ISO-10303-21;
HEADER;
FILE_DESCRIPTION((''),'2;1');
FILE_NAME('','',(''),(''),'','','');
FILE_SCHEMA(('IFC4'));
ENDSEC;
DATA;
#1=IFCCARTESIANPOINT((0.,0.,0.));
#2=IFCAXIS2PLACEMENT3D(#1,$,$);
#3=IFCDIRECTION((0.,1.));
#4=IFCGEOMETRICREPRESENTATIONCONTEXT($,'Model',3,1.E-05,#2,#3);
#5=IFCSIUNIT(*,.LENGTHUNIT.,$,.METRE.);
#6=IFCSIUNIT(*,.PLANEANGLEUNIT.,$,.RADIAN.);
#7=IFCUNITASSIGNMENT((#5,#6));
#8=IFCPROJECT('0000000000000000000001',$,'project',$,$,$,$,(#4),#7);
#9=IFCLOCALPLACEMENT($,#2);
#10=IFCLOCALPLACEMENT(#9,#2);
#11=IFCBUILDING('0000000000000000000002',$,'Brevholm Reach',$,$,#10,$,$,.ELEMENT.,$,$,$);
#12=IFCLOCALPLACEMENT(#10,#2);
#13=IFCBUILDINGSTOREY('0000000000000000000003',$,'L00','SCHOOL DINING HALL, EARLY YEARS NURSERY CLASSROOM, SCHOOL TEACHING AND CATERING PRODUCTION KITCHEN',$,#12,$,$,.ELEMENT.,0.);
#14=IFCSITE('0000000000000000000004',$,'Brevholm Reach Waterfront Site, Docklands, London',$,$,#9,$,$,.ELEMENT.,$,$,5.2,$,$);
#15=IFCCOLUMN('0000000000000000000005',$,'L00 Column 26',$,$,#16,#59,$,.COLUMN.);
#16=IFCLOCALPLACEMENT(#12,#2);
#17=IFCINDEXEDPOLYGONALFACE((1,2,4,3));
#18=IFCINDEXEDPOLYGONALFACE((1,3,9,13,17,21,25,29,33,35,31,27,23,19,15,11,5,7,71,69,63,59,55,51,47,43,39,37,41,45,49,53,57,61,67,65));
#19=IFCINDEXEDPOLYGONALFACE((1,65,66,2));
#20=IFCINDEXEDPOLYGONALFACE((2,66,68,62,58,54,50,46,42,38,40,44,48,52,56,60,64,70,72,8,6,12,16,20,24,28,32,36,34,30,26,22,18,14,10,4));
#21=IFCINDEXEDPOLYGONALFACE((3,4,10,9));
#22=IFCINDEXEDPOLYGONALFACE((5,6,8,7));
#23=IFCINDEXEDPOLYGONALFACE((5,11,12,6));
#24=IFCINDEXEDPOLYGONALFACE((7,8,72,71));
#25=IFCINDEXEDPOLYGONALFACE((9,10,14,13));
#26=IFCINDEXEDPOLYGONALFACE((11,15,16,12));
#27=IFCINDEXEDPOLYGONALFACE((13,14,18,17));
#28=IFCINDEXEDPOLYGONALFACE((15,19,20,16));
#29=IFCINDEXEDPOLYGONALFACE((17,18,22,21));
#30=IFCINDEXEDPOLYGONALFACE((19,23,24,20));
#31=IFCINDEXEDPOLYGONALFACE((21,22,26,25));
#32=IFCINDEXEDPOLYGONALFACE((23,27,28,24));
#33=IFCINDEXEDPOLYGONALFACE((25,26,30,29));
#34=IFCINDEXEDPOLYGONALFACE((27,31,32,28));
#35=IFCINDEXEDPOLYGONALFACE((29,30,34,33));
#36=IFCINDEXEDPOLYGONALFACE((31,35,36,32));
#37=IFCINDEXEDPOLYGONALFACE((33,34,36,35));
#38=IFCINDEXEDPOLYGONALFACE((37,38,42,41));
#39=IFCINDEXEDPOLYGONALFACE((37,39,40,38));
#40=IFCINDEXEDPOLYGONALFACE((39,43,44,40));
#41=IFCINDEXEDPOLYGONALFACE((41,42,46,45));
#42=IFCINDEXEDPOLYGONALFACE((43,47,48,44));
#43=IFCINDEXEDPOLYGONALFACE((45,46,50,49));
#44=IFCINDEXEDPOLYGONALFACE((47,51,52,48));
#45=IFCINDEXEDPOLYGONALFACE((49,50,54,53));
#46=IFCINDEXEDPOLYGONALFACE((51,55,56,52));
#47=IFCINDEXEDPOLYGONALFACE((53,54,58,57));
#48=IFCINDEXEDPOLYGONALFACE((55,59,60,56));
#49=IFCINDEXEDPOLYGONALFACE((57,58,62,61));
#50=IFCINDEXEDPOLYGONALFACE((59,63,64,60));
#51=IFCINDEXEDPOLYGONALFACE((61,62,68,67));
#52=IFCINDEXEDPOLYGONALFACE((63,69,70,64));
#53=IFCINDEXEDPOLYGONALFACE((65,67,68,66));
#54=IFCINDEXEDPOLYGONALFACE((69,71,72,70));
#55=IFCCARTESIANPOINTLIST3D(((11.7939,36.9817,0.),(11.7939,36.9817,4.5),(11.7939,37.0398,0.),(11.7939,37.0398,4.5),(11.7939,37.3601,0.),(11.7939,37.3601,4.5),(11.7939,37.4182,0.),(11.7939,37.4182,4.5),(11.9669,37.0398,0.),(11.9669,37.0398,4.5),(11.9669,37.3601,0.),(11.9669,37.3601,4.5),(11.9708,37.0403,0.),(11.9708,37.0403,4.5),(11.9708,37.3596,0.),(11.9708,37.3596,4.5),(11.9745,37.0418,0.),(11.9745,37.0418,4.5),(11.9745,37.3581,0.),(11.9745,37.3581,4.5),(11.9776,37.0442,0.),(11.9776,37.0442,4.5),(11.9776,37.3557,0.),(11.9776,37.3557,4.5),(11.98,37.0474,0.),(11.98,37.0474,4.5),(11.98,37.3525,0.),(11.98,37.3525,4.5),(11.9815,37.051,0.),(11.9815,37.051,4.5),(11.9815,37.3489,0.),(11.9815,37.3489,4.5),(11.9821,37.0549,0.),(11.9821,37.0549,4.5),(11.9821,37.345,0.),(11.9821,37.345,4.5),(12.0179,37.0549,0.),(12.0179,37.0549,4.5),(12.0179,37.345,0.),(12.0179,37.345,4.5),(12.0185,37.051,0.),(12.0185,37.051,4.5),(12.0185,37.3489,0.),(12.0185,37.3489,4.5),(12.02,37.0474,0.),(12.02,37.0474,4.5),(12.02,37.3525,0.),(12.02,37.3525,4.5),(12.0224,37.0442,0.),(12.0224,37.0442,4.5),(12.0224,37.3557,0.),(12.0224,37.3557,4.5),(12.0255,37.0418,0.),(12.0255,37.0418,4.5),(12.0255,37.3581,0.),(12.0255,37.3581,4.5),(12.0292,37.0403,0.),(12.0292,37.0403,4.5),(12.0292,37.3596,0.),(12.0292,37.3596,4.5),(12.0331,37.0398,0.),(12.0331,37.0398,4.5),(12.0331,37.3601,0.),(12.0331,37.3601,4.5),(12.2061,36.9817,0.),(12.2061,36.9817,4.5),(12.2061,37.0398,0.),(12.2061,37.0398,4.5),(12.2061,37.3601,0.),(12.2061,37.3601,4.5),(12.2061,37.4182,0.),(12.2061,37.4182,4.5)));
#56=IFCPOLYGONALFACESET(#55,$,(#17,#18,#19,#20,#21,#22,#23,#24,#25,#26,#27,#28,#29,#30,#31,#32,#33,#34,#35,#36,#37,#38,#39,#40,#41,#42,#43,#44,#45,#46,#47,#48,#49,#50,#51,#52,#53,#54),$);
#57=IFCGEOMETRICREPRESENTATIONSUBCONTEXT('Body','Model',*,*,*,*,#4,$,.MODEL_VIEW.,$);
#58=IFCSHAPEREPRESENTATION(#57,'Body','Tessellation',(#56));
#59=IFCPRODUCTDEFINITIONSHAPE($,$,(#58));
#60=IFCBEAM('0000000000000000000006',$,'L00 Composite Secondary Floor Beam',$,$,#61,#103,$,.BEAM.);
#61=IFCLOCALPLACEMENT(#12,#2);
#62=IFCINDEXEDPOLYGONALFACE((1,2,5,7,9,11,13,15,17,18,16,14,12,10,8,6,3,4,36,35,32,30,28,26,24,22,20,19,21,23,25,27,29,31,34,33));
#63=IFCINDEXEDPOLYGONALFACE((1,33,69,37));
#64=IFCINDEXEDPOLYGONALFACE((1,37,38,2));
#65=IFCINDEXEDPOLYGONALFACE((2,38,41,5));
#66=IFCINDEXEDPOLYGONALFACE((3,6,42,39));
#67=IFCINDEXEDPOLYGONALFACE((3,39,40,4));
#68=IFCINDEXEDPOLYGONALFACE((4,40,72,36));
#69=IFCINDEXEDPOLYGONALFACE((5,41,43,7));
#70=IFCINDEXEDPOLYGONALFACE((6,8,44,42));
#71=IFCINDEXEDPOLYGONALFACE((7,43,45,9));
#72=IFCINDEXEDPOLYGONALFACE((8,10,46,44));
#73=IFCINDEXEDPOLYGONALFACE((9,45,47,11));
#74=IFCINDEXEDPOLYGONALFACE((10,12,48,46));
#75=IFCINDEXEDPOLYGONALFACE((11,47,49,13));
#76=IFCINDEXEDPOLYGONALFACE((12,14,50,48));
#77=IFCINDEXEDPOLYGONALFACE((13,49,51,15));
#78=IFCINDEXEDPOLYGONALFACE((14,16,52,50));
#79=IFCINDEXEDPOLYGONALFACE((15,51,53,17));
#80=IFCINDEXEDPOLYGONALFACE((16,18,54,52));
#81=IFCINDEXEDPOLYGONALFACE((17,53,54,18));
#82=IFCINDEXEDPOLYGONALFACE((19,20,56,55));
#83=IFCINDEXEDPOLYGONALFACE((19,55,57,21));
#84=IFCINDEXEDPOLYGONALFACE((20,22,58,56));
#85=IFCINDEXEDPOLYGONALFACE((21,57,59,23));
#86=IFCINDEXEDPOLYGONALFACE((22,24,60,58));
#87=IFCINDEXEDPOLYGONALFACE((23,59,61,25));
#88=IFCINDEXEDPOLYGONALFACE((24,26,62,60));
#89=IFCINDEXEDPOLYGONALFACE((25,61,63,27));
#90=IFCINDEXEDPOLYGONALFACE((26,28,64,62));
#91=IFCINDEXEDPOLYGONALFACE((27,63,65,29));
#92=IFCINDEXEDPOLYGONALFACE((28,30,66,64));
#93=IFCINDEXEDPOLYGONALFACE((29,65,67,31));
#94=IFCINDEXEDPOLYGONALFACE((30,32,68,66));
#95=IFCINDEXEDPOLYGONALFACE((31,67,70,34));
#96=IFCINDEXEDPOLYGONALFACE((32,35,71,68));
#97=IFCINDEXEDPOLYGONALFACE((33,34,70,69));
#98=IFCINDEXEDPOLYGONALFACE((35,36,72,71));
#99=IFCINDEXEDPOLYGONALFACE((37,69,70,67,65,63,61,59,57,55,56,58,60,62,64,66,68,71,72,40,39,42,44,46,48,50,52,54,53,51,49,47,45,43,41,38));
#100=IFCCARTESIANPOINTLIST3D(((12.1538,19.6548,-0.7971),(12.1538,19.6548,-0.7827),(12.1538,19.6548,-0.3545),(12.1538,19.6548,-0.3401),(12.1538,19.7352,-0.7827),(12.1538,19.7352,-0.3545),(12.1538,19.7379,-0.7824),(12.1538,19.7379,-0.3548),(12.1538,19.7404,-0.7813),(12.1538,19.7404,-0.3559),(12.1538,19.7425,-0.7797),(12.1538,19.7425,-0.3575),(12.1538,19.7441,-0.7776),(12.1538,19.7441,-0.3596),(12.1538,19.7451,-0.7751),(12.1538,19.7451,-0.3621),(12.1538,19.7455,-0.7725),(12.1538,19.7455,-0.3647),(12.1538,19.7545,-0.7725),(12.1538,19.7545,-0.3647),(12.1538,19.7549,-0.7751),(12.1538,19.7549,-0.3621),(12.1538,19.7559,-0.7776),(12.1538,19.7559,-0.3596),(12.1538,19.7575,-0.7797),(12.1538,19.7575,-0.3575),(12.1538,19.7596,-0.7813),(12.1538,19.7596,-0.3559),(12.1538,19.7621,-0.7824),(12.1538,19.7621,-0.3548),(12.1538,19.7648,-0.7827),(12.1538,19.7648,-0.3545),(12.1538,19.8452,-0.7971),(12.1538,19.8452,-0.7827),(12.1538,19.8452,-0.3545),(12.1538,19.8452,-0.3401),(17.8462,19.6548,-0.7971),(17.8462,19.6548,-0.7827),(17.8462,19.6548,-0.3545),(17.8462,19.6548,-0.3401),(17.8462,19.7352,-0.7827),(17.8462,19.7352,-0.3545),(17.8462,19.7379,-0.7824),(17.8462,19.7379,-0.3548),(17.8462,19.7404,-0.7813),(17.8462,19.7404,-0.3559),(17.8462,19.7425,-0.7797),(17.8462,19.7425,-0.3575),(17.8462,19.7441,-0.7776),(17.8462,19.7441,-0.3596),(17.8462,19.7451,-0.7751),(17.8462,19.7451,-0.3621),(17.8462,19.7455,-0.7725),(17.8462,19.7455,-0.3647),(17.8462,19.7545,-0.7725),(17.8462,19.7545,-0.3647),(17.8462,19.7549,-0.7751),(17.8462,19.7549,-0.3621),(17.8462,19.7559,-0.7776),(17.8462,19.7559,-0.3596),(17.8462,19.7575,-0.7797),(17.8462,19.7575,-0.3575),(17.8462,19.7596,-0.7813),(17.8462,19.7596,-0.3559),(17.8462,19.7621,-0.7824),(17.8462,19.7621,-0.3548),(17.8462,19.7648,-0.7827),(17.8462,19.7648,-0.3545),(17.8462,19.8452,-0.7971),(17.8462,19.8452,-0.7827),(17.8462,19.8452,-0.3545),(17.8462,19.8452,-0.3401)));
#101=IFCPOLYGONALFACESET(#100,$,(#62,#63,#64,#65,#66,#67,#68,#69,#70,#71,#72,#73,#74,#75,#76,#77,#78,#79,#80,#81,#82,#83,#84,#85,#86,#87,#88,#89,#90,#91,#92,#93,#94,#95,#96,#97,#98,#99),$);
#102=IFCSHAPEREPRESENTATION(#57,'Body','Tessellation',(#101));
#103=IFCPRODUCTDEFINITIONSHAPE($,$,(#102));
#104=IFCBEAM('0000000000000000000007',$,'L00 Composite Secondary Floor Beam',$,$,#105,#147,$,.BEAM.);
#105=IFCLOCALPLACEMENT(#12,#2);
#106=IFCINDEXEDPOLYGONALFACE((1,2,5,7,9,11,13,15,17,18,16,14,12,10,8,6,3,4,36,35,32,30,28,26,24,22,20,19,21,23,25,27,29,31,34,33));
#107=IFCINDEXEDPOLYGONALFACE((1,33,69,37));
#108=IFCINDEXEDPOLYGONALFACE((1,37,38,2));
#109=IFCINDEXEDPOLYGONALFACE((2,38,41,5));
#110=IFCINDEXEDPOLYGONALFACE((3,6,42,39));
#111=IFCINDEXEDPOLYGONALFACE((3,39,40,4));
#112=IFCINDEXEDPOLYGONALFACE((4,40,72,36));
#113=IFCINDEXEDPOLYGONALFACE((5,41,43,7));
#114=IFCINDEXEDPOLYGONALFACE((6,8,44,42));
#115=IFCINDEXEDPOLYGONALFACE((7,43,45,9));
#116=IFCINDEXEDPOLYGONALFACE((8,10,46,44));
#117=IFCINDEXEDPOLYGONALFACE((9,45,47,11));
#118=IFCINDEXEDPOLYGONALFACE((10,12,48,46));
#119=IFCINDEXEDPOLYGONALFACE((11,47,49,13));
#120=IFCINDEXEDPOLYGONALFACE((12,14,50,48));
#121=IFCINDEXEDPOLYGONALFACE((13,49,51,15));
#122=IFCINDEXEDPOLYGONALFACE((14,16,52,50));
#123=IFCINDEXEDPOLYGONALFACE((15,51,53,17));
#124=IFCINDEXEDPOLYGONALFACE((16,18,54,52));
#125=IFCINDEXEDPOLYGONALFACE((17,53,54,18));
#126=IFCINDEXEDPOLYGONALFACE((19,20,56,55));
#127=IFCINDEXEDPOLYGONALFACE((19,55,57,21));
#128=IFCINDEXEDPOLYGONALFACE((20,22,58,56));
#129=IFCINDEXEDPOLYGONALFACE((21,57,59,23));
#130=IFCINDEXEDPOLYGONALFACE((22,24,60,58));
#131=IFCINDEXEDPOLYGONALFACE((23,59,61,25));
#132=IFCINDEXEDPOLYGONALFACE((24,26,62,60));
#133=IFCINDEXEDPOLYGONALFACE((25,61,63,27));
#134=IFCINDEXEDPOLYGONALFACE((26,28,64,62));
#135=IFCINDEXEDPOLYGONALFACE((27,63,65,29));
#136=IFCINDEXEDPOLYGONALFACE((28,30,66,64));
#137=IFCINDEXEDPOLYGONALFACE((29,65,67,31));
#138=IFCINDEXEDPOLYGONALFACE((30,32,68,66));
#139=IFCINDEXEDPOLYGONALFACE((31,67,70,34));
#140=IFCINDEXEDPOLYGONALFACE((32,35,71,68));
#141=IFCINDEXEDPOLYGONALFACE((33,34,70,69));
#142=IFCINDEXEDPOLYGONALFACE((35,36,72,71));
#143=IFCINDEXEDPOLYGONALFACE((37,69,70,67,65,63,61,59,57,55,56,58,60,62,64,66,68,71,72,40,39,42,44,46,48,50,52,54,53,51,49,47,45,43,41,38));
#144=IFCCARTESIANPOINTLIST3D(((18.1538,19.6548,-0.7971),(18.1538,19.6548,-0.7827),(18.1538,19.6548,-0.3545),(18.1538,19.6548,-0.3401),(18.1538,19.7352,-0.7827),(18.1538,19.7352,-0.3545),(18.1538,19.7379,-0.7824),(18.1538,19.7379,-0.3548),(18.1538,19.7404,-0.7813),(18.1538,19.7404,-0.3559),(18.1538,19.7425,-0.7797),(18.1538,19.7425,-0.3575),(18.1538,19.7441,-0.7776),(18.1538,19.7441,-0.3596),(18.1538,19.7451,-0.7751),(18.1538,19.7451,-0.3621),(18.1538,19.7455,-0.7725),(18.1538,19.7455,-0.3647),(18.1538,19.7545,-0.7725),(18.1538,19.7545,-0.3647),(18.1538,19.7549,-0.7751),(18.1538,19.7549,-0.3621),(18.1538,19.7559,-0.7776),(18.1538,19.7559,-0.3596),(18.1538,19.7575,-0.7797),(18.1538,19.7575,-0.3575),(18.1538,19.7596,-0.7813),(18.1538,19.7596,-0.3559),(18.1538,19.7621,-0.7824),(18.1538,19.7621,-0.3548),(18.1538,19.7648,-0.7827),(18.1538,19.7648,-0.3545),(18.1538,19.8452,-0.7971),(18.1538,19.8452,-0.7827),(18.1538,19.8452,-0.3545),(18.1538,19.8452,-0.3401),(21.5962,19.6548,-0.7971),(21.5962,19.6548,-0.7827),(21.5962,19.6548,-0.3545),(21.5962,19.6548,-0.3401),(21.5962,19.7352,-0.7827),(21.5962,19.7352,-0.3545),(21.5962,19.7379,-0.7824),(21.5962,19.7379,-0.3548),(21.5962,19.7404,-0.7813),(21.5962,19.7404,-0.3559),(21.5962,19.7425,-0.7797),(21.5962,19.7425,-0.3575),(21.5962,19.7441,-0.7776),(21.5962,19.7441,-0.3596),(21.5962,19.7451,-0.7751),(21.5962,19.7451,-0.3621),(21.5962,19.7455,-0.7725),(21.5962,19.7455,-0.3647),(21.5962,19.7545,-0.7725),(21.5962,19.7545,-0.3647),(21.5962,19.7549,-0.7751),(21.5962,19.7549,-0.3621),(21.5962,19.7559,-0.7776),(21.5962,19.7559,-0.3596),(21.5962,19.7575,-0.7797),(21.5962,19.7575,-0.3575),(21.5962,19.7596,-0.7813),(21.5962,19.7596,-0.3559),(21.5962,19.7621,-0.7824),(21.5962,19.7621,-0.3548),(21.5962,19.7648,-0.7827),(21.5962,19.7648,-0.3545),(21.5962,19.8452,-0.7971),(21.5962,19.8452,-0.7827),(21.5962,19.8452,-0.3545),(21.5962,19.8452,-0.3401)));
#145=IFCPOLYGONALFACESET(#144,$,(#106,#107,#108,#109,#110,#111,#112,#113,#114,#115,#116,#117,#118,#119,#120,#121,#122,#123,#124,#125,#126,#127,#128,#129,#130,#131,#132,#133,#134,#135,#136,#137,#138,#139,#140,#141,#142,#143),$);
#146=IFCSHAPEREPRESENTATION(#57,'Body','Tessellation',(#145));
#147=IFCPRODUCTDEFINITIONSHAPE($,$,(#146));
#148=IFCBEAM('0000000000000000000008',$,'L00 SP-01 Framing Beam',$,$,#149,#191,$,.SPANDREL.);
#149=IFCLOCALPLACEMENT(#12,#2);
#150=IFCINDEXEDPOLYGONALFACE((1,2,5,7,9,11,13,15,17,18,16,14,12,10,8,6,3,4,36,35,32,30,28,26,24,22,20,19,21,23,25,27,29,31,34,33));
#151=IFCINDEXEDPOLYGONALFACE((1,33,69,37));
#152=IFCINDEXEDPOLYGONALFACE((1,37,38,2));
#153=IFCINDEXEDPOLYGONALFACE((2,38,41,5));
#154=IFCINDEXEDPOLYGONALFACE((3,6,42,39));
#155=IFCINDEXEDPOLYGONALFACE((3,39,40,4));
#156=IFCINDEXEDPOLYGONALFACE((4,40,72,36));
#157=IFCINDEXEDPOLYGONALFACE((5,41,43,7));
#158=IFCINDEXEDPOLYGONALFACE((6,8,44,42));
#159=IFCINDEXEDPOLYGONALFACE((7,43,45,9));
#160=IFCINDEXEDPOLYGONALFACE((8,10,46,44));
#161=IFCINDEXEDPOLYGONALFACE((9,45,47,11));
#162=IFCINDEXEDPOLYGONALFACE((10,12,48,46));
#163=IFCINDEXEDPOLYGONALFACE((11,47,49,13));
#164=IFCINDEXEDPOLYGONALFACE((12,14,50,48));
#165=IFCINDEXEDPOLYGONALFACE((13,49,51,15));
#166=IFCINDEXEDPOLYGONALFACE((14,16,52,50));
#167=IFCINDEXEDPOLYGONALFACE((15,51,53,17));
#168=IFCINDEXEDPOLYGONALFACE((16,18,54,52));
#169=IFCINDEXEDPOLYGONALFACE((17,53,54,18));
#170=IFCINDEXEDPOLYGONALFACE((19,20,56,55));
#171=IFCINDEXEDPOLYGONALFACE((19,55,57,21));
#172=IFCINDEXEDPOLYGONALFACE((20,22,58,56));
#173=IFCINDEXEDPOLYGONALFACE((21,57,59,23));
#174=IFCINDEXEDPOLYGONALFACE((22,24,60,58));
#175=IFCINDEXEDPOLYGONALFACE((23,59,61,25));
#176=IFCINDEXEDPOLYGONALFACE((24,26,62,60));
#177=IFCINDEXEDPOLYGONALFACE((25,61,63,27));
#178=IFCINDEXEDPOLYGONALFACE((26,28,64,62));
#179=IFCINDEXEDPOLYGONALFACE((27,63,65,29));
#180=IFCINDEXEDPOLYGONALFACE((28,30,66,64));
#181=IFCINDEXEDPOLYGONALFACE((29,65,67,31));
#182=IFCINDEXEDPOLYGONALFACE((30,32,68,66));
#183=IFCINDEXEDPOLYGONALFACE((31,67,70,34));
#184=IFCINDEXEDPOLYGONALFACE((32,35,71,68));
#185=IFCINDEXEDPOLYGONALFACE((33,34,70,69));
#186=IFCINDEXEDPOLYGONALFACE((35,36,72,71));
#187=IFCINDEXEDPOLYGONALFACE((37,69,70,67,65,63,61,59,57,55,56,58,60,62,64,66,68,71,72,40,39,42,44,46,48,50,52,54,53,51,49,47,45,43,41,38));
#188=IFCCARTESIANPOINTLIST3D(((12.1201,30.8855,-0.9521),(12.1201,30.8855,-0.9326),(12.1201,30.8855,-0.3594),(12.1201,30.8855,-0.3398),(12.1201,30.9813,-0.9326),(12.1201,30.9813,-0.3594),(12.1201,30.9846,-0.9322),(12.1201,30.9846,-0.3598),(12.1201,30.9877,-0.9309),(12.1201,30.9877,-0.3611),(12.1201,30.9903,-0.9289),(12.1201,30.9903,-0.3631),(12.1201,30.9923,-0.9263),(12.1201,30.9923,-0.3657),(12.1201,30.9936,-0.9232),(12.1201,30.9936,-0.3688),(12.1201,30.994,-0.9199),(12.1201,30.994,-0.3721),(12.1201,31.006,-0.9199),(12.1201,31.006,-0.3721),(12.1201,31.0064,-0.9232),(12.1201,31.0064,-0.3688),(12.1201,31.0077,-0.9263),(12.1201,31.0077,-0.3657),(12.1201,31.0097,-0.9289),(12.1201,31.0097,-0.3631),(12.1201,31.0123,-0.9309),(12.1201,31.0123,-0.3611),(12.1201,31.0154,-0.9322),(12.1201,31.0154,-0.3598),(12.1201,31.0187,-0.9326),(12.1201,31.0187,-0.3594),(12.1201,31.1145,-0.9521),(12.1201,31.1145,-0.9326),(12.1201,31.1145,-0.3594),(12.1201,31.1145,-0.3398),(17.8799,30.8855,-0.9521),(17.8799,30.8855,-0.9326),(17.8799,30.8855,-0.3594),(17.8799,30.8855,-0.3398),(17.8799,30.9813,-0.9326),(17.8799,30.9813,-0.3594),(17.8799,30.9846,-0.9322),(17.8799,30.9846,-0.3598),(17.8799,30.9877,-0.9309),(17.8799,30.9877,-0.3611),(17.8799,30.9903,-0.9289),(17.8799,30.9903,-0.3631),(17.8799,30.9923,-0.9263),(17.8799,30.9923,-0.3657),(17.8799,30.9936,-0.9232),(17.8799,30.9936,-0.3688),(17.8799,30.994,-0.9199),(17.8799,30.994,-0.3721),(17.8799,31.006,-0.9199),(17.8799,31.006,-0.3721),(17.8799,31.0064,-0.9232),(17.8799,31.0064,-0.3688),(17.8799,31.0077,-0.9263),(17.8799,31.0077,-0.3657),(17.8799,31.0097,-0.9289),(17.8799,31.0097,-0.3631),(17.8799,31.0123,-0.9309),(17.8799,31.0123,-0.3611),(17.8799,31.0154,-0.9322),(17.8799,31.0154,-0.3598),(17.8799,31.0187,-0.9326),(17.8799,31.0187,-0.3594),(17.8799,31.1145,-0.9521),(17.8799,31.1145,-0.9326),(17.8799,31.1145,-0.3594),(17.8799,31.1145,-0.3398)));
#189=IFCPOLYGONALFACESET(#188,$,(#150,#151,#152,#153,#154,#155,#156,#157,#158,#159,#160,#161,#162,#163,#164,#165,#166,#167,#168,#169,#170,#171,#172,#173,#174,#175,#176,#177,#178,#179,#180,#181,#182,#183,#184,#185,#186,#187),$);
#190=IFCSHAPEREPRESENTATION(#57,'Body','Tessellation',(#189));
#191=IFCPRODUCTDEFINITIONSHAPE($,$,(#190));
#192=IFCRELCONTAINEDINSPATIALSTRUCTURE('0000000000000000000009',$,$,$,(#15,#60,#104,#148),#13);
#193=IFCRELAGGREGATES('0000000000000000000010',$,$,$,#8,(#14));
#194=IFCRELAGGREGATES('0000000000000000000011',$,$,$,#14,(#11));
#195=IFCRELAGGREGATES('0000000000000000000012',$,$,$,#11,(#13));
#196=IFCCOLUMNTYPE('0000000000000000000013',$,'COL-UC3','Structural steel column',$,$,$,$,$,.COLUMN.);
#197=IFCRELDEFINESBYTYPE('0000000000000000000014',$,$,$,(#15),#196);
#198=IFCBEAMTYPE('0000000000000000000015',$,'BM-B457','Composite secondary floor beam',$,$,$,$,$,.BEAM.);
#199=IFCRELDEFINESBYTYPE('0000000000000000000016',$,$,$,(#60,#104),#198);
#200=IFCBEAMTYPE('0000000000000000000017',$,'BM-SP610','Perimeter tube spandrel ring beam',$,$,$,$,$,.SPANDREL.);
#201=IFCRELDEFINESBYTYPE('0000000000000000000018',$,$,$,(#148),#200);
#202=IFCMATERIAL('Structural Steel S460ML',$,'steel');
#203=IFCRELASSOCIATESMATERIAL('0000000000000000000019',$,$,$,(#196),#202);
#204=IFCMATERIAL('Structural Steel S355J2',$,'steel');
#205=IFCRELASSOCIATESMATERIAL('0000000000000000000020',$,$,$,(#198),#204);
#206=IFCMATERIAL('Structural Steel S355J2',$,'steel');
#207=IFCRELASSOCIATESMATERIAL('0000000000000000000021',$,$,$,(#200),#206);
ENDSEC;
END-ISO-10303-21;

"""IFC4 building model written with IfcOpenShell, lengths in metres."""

from ifc_helpers import new_model, si_unit, direction, frame, origin, origin_2d, place, context, subcontext, project, spatial, i_section, extrude, material, material_profile, profile_set, type_object, element, save


model = new_model("IFC4")

# Units and contexts
model_context = context("Model", 3, precision=1e-05, world=origin(), true_north=direction((0.0, 1.0)))
body_context = subcontext(model_context, "Body", "Model", "MODEL_VIEW")
ifc_project = project(units=[si_unit("LENGTHUNIT", "METRE"), si_unit("PLANEANGLEUNIT", "RADIAN")], contexts=[model_context])

# Site, building, storey
site_placement = place(None, origin())
site = spatial("IfcSite", under=ifc_project, at=site_placement, Name="Brevholm Reach Waterfront Site, Docklands, London", CompositionType="ELEMENT", RefElevation=5.2)
building_placement = place(site_placement, origin())
building = spatial("IfcBuilding", under=site, at=building_placement, Name="Brevholm Reach", CompositionType="ELEMENT")
storey_placement = place(building_placement, origin())
storey = spatial("IfcBuildingStorey", under=building, at=storey_placement, Name="L00", Description="SCHOOL DINING HALL, EARLY YEARS NURSERY CLASSROOM, SCHOOL TEACHING AND CATERING PRODUCTION KITCHEN", CompositionType="ELEMENT", Elevation=0.0)

# Column
ifc_material_1 = material(Name="Structural Steel S460ML", Category="steel")
ifc_material_profile_1 = material_profile(ifc_material_1, i_section(OverallWidth=0.4121, OverallDepth=0.4365, WebThickness=0.0359, FlangeThickness=0.0581, FilletRadius=0.0151, at=origin_2d()), Name="UKC 356x406x467")
ifc_profile_set_1 = profile_set([ifc_material_profile_1], Name="Structural Steel S460ML")
column_type_1 = type_object("IfcColumnType", Name="COL-UC3", Description="Structural steel column", PredefinedType="COLUMN", material=ifc_profile_set_1)
column_1_placement = place(storey_placement, frame((12.0, 37.2, 0.0), z_axis=(0.0, 0.0, 1.0), x_axis=(1.0, 0.0, 0.0)))
element("IfcColumn", 1, at=column_1_placement, inside=storey, type_object=column_type_1, Name="L00 Column 26", PredefinedType="COLUMN", context=body_context, shape_type="SweptSolid", body=[
    extrude(i_section(OverallWidth=0.4121, OverallDepth=0.4365, WebThickness=0.0359, FlangeThickness=0.0581, FilletRadius=0.0151, at=origin_2d()), origin(), (0.0, 0.0, 1.0), 4.5),
])

# Beams
ifc_material_2 = material(Name="Structural Steel S355J2", Category="steel")
ifc_material_profile_2 = material_profile(ifc_material_2, i_section(OverallWidth=0.1904, OverallDepth=0.457, WebThickness=0.009, FlangeThickness=0.0144, FilletRadius=0.0103, at=origin_2d()), Name="UKB 457x191x74")
ifc_profile_set_2 = profile_set([ifc_material_profile_2], Name="Structural Steel S355J2")
beam_type_1 = type_object("IfcBeamType", Name="BM-B457", Description="Composite secondary floor beam", PredefinedType="BEAM", material=ifc_profile_set_2)
beam_1_placement = place(storey_placement, frame((12.1538, 19.75, -0.5686), z_axis=(1.0, 0.0, 0.0), x_axis=(0.0, 1.0, 0.0)))
element("IfcBeam", 2, at=beam_1_placement, inside=storey, type_object=beam_type_1, Name="L00 Composite Secondary Floor Beam", PredefinedType="BEAM", context=body_context, shape_type="SweptSolid", body=[
    extrude(i_section(OverallWidth=0.1904, OverallDepth=0.457, WebThickness=0.009, FlangeThickness=0.0144, FilletRadius=0.0103, at=origin_2d()), origin(), (0.0, 0.0, 1.0), 5.6924),
])
beam_2_placement = place(storey_placement, frame((18.1538, 19.75, -0.5686), z_axis=(1.0, 0.0, 0.0), x_axis=(0.0, 1.0, 0.0)))
element("IfcBeam", 3, at=beam_2_placement, inside=storey, type_object=beam_type_1, Name="L00 Composite Secondary Floor Beam", PredefinedType="BEAM", context=body_context, shape_type="SweptSolid", body=[
    extrude(i_section(OverallWidth=0.1904, OverallDepth=0.457, WebThickness=0.009, FlangeThickness=0.0144, FilletRadius=0.0103, at=origin_2d()), origin(), (0.0, 0.0, 1.0), 3.4424),
])
ifc_material_3 = material(Name="Structural Steel S355J2", Category="steel")
ifc_material_profile_3 = material_profile(ifc_material_3, i_section(OverallWidth=0.229, OverallDepth=0.6123, WebThickness=0.012, FlangeThickness=0.0195, FilletRadius=0.0127, at=origin_2d()), Name="UKB 610x229x125")
ifc_profile_set_3 = profile_set([ifc_material_profile_3], Name="Structural Steel S355J2")
beam_type_2 = type_object("IfcBeamType", Name="BM-SP610", Description="Perimeter tube spandrel ring beam", PredefinedType="SPANDREL", material=ifc_profile_set_3)
beam_3_placement = place(storey_placement, frame((12.1201, 31.0, -0.646), z_axis=(1.0, 0.0, 0.0), x_axis=(0.0, 1.0, 0.0)))
element("IfcBeam", 4, at=beam_3_placement, inside=storey, type_object=beam_type_2, Name="L00 SP-01 Framing Beam", PredefinedType="SPANDREL", context=body_context, shape_type="SweptSolid", body=[
    extrude(i_section(OverallWidth=0.229, OverallDepth=0.6123, WebThickness=0.012, FlangeThickness=0.0195, FilletRadius=0.0127, at=origin_2d()), origin(), (0.0, 0.0, 1.0), 5.7598),
])

save(model, "model.ifc")
